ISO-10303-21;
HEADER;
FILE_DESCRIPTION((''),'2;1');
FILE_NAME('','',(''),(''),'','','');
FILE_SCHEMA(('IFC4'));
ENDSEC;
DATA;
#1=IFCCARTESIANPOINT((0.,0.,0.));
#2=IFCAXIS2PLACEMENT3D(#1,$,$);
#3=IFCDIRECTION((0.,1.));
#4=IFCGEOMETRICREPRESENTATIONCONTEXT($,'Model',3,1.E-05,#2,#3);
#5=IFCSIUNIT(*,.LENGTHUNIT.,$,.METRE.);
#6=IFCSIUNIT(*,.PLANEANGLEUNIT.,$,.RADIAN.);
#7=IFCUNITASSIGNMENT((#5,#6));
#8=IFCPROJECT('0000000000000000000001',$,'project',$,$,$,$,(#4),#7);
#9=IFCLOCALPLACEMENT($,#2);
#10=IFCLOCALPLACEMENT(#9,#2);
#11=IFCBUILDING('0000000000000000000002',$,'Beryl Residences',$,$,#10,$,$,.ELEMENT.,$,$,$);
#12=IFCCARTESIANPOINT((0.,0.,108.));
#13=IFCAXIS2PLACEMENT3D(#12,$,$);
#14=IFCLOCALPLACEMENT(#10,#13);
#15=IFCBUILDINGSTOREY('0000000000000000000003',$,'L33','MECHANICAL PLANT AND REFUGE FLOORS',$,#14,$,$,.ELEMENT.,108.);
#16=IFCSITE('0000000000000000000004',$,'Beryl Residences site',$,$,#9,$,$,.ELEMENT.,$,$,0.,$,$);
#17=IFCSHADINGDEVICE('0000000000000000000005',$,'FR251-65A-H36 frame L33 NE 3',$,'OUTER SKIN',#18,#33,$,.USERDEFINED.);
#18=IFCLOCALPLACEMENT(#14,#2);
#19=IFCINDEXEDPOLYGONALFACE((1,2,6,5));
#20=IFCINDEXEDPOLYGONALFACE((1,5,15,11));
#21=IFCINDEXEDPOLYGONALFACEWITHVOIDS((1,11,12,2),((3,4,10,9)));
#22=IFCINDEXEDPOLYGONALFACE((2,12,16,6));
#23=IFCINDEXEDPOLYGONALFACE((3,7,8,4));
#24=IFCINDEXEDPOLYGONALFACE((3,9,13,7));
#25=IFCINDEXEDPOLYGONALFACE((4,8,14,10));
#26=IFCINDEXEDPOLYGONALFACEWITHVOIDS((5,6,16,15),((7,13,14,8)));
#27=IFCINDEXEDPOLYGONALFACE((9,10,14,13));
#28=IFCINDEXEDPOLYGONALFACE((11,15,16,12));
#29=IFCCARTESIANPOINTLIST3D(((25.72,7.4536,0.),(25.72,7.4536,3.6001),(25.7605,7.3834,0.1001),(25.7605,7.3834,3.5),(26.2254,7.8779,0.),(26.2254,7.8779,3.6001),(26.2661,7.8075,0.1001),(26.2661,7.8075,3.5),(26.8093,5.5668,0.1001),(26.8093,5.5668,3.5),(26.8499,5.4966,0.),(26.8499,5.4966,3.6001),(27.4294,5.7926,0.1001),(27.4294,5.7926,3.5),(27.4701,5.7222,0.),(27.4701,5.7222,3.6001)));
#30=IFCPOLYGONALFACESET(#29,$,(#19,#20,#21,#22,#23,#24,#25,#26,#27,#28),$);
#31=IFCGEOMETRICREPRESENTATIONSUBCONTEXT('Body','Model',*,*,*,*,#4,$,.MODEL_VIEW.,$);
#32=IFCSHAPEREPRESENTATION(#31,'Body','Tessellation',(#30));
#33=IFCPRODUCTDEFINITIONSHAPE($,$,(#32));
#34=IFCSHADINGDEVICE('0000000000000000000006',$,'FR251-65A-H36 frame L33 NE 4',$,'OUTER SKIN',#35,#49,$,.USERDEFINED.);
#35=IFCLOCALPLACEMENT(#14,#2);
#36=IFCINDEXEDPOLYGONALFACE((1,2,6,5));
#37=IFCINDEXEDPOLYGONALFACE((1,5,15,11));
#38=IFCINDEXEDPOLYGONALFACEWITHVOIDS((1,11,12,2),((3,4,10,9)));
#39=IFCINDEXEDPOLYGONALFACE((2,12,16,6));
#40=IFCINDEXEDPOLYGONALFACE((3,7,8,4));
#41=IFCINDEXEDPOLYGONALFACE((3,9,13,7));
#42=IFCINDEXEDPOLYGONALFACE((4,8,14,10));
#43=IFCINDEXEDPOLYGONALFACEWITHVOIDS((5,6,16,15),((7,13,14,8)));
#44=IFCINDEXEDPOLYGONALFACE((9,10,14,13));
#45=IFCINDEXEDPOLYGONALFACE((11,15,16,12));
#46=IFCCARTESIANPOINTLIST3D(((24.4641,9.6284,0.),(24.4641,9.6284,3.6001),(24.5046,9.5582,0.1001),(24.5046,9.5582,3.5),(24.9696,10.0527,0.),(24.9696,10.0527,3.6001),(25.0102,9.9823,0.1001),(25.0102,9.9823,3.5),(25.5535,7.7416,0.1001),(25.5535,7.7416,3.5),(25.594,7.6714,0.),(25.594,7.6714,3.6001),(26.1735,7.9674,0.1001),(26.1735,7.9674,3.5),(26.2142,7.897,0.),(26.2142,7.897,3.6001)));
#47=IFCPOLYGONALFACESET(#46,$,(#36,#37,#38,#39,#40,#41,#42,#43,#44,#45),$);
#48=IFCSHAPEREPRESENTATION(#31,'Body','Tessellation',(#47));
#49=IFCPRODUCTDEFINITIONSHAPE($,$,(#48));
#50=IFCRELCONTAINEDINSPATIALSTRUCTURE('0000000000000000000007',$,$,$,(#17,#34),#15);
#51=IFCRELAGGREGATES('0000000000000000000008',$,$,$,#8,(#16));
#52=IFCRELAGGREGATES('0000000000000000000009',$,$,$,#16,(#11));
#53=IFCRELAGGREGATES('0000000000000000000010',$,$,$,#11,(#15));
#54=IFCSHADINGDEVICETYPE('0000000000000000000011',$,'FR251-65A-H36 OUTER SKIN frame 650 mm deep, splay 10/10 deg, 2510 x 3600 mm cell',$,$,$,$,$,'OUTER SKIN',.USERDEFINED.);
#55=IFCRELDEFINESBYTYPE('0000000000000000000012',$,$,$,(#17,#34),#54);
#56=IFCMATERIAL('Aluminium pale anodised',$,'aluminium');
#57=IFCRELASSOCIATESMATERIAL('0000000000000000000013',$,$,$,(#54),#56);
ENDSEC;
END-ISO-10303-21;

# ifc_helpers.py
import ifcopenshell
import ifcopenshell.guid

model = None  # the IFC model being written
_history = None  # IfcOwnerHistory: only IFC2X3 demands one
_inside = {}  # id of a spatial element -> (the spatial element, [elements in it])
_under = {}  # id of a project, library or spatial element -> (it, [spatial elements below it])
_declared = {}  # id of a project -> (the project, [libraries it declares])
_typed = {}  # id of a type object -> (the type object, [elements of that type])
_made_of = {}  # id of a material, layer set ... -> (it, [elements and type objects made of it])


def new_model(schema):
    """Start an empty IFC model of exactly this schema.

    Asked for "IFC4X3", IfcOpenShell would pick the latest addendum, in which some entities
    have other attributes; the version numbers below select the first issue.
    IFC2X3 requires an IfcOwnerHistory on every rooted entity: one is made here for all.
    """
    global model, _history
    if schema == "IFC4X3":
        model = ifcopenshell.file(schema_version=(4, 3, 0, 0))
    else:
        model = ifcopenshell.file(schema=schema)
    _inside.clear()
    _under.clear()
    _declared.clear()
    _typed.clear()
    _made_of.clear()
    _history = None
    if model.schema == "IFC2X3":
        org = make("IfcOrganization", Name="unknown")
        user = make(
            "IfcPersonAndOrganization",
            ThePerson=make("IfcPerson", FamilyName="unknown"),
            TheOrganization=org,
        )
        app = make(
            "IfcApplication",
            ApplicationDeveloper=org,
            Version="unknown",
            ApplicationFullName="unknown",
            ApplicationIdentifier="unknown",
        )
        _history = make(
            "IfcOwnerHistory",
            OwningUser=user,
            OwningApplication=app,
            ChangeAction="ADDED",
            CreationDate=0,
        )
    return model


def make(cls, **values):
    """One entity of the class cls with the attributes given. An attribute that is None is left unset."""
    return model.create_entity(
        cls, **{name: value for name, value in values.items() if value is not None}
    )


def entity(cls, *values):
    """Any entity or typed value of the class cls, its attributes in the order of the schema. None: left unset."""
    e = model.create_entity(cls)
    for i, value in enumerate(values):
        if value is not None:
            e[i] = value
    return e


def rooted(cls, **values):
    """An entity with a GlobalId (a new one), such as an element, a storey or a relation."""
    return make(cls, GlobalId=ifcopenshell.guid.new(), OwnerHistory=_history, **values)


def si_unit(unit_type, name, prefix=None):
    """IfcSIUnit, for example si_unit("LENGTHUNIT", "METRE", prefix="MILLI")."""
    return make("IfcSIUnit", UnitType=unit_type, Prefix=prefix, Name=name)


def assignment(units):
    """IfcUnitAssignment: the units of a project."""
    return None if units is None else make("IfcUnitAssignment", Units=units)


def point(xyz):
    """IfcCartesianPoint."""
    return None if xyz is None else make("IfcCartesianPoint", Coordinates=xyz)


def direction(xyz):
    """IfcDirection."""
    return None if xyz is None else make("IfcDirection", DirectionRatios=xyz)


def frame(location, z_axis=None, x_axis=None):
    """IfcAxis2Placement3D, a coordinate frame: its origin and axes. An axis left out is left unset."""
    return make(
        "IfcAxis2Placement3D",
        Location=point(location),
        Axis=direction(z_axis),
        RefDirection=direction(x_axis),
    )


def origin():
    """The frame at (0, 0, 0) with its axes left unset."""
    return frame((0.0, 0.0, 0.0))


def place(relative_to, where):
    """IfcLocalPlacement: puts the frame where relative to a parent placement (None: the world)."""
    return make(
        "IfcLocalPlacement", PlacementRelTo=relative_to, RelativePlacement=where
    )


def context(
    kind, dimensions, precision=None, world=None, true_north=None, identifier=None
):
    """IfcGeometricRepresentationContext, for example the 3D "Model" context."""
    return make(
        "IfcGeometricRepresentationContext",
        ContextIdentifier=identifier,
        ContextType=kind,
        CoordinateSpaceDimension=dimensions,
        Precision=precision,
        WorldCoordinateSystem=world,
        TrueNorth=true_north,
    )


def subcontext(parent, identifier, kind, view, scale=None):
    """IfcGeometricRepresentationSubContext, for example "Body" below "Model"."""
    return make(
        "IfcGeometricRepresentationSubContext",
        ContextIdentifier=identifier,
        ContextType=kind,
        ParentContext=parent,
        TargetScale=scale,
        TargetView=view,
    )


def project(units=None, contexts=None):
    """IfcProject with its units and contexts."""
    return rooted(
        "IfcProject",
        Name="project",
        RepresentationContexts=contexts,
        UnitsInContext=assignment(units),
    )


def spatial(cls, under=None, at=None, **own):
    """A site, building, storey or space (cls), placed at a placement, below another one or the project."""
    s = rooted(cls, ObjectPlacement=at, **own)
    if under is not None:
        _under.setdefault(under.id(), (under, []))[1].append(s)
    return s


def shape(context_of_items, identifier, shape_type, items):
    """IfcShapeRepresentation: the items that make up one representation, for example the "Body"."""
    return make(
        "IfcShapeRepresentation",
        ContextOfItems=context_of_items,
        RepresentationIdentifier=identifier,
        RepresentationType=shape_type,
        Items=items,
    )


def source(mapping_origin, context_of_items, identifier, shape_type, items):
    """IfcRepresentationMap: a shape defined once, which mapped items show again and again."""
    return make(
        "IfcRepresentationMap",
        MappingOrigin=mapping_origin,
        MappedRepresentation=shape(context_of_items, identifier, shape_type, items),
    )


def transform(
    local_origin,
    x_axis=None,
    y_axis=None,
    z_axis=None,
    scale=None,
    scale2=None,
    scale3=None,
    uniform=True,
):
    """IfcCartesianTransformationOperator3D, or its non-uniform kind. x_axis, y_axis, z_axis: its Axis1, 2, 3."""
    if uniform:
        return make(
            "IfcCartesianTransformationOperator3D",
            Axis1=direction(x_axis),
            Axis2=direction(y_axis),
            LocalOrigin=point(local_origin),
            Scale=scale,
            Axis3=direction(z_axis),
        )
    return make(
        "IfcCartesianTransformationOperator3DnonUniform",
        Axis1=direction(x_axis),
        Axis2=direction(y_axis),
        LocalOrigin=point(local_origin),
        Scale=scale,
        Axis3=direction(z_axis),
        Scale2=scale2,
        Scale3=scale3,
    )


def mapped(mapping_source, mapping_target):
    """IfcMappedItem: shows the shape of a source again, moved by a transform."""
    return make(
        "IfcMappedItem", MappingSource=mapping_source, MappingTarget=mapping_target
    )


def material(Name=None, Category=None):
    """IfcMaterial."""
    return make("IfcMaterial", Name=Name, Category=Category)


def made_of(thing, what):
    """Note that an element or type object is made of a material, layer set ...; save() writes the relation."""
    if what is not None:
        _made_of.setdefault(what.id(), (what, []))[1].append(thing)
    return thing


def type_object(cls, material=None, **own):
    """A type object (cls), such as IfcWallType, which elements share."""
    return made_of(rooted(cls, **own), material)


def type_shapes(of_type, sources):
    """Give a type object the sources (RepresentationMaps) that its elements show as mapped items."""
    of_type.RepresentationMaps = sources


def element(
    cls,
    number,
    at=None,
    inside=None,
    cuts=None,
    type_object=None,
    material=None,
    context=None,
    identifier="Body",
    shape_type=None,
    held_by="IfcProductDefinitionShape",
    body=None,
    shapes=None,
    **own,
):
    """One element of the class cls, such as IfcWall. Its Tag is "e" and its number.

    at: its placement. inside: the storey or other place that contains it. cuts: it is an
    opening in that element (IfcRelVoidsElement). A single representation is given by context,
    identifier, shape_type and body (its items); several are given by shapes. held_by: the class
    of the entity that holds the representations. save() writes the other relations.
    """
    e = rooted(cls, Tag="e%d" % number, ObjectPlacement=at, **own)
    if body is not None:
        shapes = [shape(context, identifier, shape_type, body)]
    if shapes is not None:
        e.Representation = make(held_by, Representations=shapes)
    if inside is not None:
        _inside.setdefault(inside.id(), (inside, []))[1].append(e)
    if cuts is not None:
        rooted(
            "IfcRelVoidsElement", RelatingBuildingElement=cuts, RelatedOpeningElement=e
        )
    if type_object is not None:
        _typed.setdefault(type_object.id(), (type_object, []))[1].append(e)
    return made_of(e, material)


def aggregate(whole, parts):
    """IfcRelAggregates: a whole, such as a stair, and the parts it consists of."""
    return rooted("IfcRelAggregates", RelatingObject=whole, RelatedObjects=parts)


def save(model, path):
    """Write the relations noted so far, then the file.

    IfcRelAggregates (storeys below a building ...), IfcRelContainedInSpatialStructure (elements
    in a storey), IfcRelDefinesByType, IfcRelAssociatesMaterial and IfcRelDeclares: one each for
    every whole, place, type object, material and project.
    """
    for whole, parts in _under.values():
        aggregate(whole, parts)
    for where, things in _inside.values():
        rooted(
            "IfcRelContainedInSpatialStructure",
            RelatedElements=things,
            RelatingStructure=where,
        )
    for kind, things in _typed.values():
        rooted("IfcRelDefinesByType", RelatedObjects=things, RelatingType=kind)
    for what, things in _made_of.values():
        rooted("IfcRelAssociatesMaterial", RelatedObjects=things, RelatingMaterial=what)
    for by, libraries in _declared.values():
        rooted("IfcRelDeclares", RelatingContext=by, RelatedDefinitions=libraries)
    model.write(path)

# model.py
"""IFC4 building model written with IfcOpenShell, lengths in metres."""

from ifc_helpers import new_model, entity, si_unit, direction, frame, origin, place, context, subcontext, project, spatial, source, transform, mapped, material, type_object, type_shapes, element, save


model = new_model("IFC4")

# Units and contexts
model_context = context("Model", 3, precision=1e-05, world=origin(), true_north=direction((0.0, 1.0)))
body_context = subcontext(model_context, "Body", "Model", "MODEL_VIEW")
ifc_project = project(units=[si_unit("LENGTHUNIT", "METRE"), si_unit("PLANEANGLEUNIT", "RADIAN")], contexts=[model_context])

# Site, building, storey
site_placement = place(None, origin())
site = spatial("IfcSite", under=ifc_project, at=site_placement, Name="Beryl Residences site", CompositionType="ELEMENT", RefElevation=0.0)
building_placement = place(site_placement, origin())
building = spatial("IfcBuilding", under=site, at=building_placement, Name="Beryl Residences", CompositionType="ELEMENT")
storey_placement = place(building_placement, frame((0.0, 0.0, 108.0)))
storey = spatial("IfcBuildingStorey", under=building, at=storey_placement, Name="L33", Description="MECHANICAL PLANT AND REFUGE FLOORS", CompositionType="ELEMENT", Elevation=108.0)

# Shading devices
ifc_material_1 = material(Name="Aluminium pale anodised", Category="aluminium")
shading_device_type_1 = type_object("IfcShadingDeviceType", Name="FR251-65A-H36 OUTER SKIN frame 650 mm deep, splay 10/10 deg, 2510 x 3600 mm cell", ElementType="OUTER SKIN", PredefinedType="USERDEFINED", material=ifc_material_1)
cartesian_point_1 = entity("IfcCartesianPoint", [-1.1299, 0.0])
cartesian_point_2 = entity("IfcCartesianPoint", [-1.0488, 0.1001])
cartesian_point_3 = entity("IfcCartesianPoint", [-1.2446, 0.0])
cartesian_point_4 = entity("IfcCartesianPoint", [-1.1633, 0.1001])
shared_shape_1 = source(origin(), body_context, "Body", "SweptSolid", [
    entity("IfcExtrudedAreaSolidTapered", entity("IfcArbitraryProfileDefWithVoids", "AREA", None, entity("IfcPolyline", [cartesian_point_1, entity("IfcCartesianPoint", [1.1299, 0.0]), entity("IfcCartesianPoint", [1.1299, 3.6001]), entity("IfcCartesianPoint", [-1.1299, 3.6001]), cartesian_point_1]), [entity("IfcPolyline", [cartesian_point_2, entity("IfcCartesianPoint", [1.0488, 0.1001]), entity("IfcCartesianPoint", [1.0488, 3.5]), entity("IfcCartesianPoint", [-1.0488, 3.5]), cartesian_point_2])]), entity("IfcAxis2Placement3D", entity("IfcCartesianPoint", [0.0, 0.0, 0.0]), entity("IfcDirection", [0.0, 1.0, 0.0]), entity("IfcDirection", [-1.0, 0.0, 0.0])), entity("IfcDirection", [0.0, 0.0, 1.0]), 0.6499, entity("IfcArbitraryProfileDefWithVoids", "AREA", None, entity("IfcPolyline", [cartesian_point_3, entity("IfcCartesianPoint", [1.2446, 0.0]), entity("IfcCartesianPoint", [1.2446, 3.6001]), entity("IfcCartesianPoint", [-1.2446, 3.6001]), cartesian_point_3]), [entity("IfcPolyline", [cartesian_point_4, entity("IfcCartesianPoint", [1.1633, 0.1001]), entity("IfcCartesianPoint", [1.1633, 3.5]), entity("IfcCartesianPoint", [-1.1633, 3.5]), cartesian_point_4])])),
])
type_shapes(shading_device_type_1, [shared_shape_1])
for number, where, z_axis, x_axis, name in (
    (1, (26.2849, 6.4751, 0.0), (0.0, 0.0, 1.0), (0.5, -0.866025, 0.0), "FR251-65A-H36 frame L33 NE 3"),
    (2, (25.0291, 8.6499, 0.0), (0.0, 0.0, 1.0), (0.5, -0.866025, 0.0), "FR251-65A-H36 frame L33 NE 4"),
):
    element("IfcShadingDevice", number, at=place(storey_placement, frame(where, z_axis=z_axis, x_axis=x_axis)), inside=storey, type_object=shading_device_type_1, Name=name, ObjectType="OUTER SKIN", PredefinedType="USERDEFINED", context=body_context, shape_type="MappedRepresentation", body=[
        mapped(shared_shape_1, transform((0.0, 0.0, 0.0))),
    ])

save(model, "model.ifc")
